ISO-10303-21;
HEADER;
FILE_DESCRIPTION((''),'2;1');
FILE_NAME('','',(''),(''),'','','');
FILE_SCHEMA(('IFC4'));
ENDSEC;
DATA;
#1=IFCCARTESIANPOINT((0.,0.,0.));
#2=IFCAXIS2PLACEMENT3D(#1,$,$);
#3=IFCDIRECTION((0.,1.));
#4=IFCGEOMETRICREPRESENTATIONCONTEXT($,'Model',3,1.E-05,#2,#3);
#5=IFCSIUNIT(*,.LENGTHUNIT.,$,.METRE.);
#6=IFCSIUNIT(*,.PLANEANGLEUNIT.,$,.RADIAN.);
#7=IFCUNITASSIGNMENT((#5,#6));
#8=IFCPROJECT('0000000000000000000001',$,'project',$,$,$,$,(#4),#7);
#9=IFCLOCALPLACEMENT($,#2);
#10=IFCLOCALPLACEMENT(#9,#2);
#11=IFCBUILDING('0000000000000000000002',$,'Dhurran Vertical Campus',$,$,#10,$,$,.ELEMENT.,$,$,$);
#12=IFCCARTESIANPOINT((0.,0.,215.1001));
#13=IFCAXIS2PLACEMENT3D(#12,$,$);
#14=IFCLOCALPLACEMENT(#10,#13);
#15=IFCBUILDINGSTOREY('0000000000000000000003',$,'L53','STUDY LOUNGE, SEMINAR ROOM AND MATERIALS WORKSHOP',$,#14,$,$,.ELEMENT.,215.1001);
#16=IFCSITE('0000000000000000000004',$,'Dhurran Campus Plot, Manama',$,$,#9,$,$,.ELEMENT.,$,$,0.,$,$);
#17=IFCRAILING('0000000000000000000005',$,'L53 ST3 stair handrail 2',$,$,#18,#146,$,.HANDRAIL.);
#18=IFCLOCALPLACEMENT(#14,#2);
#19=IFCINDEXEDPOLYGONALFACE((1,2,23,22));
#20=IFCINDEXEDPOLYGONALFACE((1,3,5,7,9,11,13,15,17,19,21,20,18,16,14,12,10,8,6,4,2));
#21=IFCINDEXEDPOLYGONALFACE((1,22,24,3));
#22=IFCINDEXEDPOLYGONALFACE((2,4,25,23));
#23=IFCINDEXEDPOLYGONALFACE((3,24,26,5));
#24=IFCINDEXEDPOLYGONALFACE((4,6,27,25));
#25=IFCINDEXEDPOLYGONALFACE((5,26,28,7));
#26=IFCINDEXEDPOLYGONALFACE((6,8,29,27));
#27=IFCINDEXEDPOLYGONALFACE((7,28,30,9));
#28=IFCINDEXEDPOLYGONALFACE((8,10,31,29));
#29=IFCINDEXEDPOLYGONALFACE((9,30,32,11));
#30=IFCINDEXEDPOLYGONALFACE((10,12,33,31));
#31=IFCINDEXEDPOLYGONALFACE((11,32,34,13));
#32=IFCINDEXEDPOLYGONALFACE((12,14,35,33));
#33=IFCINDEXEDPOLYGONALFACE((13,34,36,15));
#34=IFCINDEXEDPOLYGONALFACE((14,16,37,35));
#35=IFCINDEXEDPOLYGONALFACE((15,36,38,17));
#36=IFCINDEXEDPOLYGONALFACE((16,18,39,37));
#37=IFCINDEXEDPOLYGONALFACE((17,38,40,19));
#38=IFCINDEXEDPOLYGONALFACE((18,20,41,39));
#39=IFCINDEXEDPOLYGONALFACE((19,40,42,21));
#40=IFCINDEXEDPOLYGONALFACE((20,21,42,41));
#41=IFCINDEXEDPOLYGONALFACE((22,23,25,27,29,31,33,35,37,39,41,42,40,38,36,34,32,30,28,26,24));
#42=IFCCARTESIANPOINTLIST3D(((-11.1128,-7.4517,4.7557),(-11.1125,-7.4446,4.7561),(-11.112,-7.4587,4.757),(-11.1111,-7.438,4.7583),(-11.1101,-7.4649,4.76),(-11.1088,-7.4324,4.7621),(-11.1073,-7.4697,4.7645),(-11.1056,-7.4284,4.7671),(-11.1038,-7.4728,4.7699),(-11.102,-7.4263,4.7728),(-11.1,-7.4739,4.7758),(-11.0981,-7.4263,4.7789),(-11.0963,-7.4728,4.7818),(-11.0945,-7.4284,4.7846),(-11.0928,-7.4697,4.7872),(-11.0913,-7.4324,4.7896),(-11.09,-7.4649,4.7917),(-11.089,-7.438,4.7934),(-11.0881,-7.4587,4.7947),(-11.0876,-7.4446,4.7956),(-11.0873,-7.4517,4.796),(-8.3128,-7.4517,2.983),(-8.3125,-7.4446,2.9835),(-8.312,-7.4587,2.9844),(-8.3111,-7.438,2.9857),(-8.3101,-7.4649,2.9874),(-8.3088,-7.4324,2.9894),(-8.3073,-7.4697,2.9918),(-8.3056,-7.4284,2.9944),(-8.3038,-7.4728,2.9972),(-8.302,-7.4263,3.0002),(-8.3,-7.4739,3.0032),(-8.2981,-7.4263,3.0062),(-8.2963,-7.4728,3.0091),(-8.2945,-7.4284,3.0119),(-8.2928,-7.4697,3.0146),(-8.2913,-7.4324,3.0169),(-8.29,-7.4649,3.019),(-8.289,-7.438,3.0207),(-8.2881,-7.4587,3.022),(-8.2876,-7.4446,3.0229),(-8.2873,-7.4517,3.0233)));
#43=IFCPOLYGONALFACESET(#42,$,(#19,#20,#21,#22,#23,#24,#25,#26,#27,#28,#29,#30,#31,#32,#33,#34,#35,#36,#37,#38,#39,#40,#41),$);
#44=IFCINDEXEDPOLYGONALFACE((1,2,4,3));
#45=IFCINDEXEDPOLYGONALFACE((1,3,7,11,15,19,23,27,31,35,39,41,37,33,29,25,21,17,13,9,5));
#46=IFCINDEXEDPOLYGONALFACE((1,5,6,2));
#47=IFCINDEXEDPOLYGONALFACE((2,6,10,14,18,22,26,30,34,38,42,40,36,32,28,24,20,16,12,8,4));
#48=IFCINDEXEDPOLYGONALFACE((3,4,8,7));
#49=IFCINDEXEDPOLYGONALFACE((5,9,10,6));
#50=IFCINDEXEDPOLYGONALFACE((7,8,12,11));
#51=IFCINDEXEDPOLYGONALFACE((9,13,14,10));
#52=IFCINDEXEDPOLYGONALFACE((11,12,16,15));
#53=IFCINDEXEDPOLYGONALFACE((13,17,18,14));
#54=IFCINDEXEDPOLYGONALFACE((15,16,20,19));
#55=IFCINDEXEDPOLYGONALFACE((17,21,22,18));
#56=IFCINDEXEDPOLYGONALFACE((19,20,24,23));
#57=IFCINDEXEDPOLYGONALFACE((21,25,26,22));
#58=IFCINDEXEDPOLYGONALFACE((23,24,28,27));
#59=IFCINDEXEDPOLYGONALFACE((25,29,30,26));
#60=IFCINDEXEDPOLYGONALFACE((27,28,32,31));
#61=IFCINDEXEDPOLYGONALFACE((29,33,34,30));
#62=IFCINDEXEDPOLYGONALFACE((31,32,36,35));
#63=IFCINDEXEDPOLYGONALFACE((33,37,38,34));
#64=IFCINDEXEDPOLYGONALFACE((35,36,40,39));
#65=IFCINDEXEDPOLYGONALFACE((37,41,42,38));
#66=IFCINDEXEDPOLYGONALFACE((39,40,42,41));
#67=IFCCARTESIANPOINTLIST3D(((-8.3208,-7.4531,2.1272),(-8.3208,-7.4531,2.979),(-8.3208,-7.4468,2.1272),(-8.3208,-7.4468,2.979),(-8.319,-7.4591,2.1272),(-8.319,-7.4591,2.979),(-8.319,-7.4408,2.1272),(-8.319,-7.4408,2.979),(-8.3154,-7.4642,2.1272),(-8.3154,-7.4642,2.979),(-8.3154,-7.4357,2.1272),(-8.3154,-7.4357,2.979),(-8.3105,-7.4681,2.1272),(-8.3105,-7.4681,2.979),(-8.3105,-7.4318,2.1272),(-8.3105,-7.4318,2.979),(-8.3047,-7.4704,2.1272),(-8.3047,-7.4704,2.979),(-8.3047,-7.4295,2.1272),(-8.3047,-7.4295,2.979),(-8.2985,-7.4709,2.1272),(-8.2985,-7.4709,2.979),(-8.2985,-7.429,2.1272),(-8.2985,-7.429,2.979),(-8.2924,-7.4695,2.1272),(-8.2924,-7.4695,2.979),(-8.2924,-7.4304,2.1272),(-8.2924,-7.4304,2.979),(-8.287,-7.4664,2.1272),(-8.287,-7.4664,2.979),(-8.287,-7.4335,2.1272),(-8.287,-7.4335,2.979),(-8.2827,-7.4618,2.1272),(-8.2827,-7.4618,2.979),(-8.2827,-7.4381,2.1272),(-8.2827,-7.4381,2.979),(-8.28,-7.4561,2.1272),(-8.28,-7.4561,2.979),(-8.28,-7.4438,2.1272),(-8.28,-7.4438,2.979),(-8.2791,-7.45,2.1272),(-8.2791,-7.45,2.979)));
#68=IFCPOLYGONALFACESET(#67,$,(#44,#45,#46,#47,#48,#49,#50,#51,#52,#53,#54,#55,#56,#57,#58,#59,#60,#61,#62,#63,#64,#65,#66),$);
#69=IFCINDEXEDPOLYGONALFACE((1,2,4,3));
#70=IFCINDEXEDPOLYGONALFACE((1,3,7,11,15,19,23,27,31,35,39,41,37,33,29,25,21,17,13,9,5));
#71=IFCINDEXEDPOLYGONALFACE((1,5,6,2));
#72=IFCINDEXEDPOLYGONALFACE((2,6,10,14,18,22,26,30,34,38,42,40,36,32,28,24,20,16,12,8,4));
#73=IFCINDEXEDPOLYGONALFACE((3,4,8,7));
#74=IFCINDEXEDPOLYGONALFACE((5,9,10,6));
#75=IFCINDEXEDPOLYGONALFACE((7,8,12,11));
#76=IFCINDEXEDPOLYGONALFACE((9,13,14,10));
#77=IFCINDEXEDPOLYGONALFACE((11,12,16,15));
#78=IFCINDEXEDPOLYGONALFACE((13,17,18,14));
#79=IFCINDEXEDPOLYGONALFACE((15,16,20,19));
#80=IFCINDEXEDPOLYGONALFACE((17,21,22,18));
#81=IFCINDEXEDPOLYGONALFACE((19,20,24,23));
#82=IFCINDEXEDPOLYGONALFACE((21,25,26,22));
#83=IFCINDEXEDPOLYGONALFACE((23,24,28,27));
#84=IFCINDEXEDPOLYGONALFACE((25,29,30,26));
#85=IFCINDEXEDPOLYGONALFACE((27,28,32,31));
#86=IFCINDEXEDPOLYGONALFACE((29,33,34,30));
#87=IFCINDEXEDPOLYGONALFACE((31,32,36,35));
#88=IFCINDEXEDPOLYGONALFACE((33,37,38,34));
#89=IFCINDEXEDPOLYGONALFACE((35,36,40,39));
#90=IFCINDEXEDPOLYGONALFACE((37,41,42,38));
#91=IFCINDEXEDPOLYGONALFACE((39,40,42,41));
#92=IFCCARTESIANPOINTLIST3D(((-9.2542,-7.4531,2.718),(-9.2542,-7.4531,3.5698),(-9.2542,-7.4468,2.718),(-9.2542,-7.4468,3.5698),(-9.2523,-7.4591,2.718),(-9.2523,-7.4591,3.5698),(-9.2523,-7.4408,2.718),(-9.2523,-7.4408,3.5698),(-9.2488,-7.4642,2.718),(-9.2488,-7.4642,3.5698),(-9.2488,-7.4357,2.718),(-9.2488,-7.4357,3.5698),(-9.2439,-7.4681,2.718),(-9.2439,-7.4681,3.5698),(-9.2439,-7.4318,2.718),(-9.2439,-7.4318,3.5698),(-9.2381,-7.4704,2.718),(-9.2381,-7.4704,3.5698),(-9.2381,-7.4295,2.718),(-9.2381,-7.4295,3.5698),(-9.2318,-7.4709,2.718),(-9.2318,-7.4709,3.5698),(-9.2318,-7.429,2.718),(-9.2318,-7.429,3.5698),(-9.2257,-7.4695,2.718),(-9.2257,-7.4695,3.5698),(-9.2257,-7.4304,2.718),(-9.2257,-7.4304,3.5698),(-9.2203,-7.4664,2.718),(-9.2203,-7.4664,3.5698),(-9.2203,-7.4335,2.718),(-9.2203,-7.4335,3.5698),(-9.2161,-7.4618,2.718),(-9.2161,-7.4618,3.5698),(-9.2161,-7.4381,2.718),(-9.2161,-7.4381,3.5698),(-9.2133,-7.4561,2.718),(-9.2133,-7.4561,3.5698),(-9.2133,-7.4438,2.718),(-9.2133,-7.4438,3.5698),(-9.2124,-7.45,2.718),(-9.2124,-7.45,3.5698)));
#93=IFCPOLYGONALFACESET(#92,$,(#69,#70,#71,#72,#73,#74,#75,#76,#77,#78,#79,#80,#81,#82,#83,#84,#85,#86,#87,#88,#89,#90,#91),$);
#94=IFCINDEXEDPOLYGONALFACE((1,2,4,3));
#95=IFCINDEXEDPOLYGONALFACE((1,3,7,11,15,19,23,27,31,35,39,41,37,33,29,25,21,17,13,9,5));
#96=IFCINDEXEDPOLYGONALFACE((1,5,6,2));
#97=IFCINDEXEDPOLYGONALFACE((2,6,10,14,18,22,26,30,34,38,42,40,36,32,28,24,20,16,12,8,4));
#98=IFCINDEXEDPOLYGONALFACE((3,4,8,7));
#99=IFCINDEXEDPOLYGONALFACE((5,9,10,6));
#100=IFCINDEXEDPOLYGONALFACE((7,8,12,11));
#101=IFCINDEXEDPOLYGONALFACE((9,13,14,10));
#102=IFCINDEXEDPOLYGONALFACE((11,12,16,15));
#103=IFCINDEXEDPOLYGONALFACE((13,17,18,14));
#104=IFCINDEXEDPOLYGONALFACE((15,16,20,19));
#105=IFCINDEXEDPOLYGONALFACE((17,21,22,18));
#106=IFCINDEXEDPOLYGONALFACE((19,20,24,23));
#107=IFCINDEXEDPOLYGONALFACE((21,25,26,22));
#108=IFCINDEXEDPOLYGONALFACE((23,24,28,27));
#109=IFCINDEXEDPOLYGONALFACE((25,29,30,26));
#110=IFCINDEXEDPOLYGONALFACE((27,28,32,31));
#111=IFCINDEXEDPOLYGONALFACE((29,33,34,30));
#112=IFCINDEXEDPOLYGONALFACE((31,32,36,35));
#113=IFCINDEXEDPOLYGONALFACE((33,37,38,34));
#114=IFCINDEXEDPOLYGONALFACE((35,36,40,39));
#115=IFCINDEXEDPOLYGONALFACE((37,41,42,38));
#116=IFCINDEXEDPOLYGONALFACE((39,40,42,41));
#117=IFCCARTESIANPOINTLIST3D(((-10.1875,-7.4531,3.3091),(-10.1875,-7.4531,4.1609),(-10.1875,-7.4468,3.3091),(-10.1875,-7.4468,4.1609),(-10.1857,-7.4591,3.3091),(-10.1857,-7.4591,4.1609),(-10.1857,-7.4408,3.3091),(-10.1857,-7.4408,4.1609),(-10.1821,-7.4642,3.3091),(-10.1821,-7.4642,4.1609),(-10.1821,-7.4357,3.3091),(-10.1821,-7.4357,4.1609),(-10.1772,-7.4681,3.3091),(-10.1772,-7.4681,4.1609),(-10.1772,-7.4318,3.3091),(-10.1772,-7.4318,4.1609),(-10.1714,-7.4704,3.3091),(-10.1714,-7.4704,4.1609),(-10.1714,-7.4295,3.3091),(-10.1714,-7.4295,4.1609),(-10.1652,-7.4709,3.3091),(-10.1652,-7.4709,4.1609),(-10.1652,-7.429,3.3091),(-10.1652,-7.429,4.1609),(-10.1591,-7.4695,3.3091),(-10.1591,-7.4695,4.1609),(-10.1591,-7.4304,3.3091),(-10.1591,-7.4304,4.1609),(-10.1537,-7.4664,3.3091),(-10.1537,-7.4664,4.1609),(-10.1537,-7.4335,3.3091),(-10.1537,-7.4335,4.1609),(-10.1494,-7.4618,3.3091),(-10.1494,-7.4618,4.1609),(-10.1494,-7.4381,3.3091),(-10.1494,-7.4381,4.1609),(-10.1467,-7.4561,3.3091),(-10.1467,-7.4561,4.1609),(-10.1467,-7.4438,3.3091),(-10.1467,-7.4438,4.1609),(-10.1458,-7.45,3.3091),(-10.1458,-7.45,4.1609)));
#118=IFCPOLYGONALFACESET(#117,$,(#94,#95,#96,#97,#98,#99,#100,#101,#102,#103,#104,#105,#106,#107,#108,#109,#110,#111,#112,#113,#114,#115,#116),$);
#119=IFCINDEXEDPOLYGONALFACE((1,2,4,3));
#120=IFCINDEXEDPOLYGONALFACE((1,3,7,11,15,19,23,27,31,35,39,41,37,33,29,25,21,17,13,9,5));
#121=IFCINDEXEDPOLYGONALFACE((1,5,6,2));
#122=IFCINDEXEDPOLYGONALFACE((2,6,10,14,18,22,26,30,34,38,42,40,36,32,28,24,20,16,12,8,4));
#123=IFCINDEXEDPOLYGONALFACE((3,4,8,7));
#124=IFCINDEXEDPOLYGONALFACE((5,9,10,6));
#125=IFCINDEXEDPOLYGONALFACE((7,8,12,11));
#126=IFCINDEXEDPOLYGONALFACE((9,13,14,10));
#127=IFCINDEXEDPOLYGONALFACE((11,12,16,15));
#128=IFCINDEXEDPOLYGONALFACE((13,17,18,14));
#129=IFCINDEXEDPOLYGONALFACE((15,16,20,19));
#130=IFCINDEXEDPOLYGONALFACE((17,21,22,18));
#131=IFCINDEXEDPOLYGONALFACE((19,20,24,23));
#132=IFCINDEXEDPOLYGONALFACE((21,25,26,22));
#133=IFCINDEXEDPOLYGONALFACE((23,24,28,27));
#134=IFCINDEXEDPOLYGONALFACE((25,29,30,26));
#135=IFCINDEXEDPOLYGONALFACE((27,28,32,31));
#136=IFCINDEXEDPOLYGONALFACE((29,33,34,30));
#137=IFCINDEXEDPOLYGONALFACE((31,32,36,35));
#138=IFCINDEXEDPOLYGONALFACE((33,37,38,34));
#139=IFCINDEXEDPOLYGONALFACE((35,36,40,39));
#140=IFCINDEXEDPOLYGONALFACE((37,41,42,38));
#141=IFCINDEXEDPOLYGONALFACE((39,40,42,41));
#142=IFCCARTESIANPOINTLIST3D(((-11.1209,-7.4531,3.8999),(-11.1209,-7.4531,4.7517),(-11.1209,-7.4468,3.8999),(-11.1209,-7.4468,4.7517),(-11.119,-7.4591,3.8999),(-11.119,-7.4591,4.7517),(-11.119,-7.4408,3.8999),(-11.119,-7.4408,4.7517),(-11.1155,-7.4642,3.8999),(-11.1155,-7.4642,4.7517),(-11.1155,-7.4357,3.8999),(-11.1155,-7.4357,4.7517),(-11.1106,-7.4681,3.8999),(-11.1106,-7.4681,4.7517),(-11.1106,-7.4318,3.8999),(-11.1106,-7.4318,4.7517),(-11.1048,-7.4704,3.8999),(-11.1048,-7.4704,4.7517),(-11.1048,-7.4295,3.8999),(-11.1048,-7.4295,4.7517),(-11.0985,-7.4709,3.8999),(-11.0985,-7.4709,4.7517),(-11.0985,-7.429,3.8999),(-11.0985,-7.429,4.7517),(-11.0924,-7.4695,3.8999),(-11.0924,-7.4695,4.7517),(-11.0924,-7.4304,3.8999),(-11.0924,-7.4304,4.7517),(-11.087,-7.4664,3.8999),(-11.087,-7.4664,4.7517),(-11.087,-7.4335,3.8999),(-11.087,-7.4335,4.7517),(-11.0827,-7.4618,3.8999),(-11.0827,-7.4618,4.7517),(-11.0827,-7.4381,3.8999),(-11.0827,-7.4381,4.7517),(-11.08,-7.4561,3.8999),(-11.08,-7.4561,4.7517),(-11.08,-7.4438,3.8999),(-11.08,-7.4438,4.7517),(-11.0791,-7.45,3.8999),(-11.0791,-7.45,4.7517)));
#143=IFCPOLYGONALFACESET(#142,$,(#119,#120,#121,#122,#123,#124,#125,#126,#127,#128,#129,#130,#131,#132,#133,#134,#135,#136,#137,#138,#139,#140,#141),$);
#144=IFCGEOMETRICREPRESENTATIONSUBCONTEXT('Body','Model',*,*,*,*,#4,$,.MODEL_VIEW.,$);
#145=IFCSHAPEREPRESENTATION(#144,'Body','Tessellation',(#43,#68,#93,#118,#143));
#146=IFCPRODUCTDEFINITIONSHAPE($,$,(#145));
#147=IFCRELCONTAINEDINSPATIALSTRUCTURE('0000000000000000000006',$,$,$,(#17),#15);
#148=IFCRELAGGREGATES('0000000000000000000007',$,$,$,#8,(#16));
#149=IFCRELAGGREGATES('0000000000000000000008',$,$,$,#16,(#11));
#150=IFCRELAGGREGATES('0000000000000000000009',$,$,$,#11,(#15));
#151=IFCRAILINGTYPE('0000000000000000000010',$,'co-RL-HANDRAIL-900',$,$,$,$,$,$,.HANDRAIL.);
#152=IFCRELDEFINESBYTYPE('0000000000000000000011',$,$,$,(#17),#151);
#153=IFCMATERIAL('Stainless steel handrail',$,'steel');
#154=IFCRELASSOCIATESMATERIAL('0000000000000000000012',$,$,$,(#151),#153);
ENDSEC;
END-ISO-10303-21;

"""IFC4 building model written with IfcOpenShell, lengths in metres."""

from ifc_helpers import new_model, si_unit, direction, frame, origin, origin_2d, place, context, subcontext, project, spatial, circle, extrude, material, type_object, element, save


model = new_model("IFC4")

# Units and contexts
model_context = context("Model", 3, precision=1e-05, world=origin(), true_north=direction((0.0, 1.0)))
body_context = subcontext(model_context, "Body", "Model", "MODEL_VIEW")
ifc_project = project(units=[si_unit("LENGTHUNIT", "METRE"), si_unit("PLANEANGLEUNIT", "RADIAN")], contexts=[model_context])

# Site, building, storey
site_placement = place(None, origin())
site = spatial("IfcSite", under=ifc_project, at=site_placement, Name="Dhurran Campus Plot, Manama", CompositionType="ELEMENT", RefElevation=0.0)
building_placement = place(site_placement, origin())
building = spatial("IfcBuilding", under=site, at=building_placement, Name="Dhurran Vertical Campus", CompositionType="ELEMENT")
storey_placement = place(building_placement, frame((0.0, 0.0, 215.1001)))
storey = spatial("IfcBuildingStorey", under=building, at=storey_placement, Name="L53", Description="STUDY LOUNGE, SEMINAR ROOM AND MATERIALS WORKSHOP", CompositionType="ELEMENT", Elevation=215.1001)

# Railing
ifc_material_1 = material(Name="Stainless steel handrail", Category="steel")
railing_type_1 = type_object("IfcRailingType", Name="co-RL-HANDRAIL-900", PredefinedType="HANDRAIL", material=ifc_material_1)
railing_1_placement = place(storey_placement, frame((-8.3, -7.45, 2.1272)))
element("IfcRailing", 1, at=railing_1_placement, inside=storey, type_object=railing_type_1, Name="L53 ST3 stair handrail 2", PredefinedType="HANDRAIL", context=body_context, shape_type="SweptSolid", body=[
    extrude(circle(Radius=0.0239, at=origin_2d()), frame((0.0, 0.0, 0.876), z_axis=(-0.844909, 0.0, 0.53491), x_axis=(0.0, -1.0, 0.0)), (0.0, 0.0, 1.0), 3.314),
    extrude(circle(Radius=0.021, at=origin_2d()), origin(), (0.0, 0.0, 1.0), 0.8518),
    extrude(circle(Radius=0.021, at=origin_2d()), frame((-0.9333, 0.0, 0.5908)), (0.0, 0.0, 1.0), 0.8518),
    extrude(circle(Radius=0.021, at=origin_2d()), frame((-1.8667, 0.0, 1.1819)), (0.0, 0.0, 1.0), 0.8518),
    extrude(circle(Radius=0.021, at=origin_2d()), frame((-2.8, 0.0, 1.7727)), (0.0, 0.0, 1.0), 0.8518),
])

save(model, "model.ifc")
